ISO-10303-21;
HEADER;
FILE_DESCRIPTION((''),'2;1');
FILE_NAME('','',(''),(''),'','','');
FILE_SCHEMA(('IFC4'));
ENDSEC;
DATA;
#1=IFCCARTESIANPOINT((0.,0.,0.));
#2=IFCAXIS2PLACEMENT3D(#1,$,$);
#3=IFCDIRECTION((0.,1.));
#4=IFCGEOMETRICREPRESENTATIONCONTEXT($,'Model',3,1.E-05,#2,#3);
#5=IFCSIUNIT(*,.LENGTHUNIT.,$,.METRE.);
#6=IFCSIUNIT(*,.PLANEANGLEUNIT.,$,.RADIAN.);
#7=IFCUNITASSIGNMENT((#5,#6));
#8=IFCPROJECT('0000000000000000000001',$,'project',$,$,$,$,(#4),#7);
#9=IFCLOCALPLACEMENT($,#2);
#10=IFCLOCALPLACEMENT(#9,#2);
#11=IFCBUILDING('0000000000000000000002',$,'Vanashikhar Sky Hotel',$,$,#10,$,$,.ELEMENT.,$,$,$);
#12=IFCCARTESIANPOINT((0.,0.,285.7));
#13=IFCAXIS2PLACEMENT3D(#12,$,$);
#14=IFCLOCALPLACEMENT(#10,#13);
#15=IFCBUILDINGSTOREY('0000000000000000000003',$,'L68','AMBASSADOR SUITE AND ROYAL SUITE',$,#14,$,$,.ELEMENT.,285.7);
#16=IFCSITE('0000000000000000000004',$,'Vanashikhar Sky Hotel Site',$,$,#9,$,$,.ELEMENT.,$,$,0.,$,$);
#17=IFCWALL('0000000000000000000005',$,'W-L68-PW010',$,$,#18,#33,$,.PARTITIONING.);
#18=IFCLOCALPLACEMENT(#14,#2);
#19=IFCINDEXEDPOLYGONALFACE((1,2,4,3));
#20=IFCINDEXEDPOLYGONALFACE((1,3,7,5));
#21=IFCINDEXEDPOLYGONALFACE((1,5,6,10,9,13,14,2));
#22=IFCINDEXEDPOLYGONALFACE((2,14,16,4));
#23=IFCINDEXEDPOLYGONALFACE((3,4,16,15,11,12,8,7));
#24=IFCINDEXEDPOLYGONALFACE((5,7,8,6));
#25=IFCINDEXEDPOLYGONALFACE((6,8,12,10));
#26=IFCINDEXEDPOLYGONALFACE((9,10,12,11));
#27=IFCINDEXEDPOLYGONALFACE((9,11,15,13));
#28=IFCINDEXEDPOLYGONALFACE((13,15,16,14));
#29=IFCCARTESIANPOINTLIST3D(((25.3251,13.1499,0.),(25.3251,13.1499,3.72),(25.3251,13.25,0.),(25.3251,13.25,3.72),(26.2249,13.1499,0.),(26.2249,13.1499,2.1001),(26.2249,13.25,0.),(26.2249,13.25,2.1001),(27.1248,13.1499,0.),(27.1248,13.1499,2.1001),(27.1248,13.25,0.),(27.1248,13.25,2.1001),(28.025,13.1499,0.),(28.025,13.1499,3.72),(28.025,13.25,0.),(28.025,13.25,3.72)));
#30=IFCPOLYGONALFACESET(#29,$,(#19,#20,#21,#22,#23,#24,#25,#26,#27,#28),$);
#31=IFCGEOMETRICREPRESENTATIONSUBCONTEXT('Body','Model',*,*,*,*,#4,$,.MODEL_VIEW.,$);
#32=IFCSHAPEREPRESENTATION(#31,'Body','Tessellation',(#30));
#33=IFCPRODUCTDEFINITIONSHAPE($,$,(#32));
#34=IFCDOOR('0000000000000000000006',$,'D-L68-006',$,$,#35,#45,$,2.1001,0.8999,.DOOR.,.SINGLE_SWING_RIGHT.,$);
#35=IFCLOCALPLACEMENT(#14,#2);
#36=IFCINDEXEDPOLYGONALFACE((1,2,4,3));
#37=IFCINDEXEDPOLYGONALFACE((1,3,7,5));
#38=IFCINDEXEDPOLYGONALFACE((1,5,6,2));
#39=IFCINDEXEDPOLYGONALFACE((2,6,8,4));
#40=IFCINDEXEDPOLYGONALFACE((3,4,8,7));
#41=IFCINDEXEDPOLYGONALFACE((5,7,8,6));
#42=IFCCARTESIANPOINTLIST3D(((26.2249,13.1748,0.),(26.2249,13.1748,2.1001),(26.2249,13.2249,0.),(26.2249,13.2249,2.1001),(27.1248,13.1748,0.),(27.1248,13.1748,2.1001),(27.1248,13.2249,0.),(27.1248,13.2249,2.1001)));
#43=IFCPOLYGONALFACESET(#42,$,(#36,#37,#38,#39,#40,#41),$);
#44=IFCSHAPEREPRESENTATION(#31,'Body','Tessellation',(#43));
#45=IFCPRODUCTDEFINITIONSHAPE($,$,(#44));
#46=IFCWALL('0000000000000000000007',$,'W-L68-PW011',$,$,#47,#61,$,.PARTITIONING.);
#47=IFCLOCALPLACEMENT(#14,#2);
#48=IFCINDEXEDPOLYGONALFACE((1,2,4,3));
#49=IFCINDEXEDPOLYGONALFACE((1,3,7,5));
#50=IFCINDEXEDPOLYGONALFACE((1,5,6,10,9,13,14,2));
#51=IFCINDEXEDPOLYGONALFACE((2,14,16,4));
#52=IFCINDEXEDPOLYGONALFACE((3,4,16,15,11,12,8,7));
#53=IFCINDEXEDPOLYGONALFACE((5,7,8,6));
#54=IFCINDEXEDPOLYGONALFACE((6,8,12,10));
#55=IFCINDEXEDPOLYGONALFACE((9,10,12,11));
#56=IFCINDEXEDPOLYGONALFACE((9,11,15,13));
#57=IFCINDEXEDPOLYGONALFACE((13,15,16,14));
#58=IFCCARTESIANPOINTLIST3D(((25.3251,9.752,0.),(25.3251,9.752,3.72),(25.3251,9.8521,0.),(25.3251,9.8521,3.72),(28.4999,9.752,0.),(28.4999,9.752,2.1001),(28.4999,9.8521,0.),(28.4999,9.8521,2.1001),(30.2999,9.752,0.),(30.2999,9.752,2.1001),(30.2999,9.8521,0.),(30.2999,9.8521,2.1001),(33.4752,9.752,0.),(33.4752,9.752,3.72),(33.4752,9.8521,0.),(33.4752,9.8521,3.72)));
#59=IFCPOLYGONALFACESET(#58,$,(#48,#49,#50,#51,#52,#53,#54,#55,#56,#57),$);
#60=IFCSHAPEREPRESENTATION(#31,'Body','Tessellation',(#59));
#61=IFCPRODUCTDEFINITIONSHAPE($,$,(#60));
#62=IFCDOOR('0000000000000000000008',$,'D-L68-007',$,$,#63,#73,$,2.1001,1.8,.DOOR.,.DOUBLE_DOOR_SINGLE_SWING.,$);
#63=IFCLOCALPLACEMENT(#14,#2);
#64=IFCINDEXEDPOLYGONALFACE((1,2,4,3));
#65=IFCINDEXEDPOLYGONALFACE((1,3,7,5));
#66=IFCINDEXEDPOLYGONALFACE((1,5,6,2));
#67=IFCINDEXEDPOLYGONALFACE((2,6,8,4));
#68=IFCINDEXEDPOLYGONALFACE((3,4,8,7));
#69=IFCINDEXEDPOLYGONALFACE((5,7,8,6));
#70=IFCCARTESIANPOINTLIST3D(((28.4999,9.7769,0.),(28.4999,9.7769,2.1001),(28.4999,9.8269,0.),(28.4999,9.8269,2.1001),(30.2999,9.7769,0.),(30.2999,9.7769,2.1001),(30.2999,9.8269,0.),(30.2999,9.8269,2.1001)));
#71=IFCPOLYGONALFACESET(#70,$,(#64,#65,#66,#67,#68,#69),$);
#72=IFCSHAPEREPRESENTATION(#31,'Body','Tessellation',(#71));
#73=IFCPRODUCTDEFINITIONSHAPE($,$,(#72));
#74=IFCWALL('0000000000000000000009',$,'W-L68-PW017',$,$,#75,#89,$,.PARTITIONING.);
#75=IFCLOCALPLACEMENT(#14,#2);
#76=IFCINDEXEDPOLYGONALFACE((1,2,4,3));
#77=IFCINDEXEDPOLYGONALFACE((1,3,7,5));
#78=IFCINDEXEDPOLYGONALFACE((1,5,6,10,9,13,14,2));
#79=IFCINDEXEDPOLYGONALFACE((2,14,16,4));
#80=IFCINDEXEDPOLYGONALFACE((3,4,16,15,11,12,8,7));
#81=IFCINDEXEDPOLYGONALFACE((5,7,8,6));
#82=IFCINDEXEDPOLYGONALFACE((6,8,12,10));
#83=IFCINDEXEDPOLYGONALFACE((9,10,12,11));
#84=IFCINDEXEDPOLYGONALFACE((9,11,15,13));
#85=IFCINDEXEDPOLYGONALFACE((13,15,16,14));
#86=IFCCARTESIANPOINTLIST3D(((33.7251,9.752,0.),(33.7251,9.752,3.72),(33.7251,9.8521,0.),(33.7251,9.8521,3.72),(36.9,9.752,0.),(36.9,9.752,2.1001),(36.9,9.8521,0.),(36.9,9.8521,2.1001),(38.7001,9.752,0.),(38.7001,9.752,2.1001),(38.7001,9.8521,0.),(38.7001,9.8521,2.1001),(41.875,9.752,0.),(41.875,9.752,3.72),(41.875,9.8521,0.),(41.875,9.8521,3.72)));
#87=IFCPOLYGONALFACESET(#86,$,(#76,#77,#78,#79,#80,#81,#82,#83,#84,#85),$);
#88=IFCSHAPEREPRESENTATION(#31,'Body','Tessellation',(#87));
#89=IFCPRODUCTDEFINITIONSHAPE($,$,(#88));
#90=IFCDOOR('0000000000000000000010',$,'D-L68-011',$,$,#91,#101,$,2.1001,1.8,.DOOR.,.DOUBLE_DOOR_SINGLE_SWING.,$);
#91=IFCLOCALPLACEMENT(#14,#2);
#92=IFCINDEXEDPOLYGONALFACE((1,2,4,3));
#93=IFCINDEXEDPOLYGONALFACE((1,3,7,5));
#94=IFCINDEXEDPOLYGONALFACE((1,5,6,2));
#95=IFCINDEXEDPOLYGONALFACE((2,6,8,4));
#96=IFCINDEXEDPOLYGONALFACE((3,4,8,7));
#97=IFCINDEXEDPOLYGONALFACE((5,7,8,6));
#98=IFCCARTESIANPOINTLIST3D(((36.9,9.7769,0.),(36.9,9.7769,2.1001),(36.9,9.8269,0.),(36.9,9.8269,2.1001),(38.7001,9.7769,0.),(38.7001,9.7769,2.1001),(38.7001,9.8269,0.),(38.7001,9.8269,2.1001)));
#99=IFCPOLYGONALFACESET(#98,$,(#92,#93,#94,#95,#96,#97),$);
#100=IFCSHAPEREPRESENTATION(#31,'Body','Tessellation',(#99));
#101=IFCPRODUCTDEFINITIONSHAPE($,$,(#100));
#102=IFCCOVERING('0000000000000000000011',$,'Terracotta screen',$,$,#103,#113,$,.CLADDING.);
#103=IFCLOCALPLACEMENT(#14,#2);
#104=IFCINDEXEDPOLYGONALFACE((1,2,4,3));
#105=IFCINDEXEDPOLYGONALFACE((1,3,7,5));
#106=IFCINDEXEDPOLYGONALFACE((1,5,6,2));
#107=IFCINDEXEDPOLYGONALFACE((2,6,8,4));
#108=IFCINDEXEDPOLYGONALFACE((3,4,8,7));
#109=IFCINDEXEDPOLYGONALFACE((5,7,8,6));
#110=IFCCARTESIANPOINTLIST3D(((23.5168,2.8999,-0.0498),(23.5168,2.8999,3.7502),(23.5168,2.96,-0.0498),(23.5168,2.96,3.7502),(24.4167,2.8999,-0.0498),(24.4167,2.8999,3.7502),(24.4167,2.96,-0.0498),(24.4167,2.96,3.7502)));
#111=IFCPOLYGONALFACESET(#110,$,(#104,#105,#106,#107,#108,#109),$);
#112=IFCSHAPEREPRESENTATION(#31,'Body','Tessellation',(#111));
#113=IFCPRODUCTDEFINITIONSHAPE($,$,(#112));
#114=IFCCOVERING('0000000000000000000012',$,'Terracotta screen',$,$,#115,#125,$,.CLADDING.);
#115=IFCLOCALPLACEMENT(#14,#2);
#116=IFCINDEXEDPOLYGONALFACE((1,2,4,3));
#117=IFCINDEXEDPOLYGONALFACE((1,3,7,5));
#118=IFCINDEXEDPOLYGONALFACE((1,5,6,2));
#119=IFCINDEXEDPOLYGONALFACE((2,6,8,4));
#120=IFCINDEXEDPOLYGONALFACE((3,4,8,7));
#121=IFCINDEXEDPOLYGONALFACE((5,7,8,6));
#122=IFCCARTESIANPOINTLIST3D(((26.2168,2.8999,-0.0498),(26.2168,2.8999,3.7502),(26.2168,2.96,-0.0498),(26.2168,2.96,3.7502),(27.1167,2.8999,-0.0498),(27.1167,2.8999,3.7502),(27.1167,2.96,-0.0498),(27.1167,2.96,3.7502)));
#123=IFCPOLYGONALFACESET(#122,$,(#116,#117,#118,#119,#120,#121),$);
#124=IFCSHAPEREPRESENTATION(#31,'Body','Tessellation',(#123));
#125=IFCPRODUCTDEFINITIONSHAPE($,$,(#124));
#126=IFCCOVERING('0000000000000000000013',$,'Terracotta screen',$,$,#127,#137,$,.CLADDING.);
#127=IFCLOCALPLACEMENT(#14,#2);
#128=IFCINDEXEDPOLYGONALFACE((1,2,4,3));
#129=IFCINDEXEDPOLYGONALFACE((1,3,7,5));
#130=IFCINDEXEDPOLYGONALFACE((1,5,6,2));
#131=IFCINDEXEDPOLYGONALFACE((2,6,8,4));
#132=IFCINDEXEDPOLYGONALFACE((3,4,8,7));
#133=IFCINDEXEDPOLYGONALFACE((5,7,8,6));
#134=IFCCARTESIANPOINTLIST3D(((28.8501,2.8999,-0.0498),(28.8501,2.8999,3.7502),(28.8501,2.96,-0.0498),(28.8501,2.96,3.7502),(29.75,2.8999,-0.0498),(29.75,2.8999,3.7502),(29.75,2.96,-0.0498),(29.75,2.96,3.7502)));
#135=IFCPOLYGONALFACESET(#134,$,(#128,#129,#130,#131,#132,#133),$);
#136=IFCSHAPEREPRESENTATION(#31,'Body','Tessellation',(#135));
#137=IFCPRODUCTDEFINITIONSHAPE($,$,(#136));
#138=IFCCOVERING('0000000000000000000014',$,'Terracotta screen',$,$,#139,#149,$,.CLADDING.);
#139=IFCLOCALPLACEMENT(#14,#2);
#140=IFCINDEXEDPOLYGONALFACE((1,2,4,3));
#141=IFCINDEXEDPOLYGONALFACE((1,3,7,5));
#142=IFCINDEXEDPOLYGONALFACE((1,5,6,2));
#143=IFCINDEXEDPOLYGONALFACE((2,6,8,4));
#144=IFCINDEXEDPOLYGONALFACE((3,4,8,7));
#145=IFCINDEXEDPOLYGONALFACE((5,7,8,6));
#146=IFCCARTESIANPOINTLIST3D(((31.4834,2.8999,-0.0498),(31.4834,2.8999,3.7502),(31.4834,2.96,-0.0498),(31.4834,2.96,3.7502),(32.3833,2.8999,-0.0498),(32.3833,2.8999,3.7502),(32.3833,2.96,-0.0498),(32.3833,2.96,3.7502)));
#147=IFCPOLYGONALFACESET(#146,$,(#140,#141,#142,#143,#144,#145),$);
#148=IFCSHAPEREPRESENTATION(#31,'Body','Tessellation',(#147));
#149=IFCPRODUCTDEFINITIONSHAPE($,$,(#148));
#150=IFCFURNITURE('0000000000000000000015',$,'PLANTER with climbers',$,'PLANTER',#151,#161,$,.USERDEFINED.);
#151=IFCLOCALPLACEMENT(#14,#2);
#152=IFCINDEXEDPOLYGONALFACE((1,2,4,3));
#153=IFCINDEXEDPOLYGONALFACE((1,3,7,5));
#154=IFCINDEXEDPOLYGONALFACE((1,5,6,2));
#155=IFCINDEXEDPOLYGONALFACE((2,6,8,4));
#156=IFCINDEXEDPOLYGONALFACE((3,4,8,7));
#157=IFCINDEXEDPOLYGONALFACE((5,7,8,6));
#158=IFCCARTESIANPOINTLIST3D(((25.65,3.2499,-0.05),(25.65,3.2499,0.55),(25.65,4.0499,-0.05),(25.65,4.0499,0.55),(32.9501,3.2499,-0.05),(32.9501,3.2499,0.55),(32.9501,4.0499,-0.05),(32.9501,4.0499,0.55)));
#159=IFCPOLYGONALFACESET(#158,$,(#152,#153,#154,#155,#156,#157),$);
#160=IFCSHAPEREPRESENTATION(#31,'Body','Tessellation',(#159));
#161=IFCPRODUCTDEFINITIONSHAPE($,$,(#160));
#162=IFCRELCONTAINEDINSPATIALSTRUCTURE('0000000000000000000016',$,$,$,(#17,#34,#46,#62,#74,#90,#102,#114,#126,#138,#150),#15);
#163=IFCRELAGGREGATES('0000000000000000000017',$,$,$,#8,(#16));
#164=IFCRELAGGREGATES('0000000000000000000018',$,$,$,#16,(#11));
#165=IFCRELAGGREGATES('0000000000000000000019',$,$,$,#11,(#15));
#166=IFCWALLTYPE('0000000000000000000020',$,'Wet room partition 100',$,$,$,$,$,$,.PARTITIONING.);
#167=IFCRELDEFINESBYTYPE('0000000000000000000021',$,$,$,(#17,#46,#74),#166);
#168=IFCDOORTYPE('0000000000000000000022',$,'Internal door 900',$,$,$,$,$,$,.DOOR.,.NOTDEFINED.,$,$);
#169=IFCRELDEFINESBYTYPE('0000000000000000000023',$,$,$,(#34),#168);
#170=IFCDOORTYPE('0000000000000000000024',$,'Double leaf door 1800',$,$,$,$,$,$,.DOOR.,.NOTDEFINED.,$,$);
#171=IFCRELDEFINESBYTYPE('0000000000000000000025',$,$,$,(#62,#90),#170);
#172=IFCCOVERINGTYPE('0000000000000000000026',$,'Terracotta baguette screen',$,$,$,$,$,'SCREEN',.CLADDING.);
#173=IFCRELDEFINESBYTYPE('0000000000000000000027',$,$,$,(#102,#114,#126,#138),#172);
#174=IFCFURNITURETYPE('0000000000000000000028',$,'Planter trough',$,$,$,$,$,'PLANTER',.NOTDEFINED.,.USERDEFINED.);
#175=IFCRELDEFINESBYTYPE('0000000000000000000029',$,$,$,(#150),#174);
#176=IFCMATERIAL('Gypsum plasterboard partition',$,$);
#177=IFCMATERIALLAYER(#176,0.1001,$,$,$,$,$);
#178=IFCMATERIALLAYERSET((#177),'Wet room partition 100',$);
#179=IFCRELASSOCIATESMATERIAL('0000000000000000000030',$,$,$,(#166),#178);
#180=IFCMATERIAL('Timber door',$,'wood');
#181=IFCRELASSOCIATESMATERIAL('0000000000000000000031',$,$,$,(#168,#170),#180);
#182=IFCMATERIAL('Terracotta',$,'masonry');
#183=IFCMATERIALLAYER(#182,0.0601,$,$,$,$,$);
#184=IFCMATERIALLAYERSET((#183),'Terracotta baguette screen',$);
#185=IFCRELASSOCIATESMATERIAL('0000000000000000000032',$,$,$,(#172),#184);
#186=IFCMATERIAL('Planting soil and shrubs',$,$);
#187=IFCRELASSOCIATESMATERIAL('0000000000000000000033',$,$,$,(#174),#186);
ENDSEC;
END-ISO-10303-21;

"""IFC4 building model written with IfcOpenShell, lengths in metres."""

from ifc_helpers import new_model, si_unit, direction, frame, frame_2d, origin, origin_2d, place, context, subcontext, project, spatial, rectangle, extrude, source, transform, mapped, material, layer, layer_set, type_object, element, fill, save


model = new_model("IFC4")

# Units and contexts
model_context = context("Model", 3, precision=1e-05, world=origin(), true_north=direction((0.0, 1.0)))
body_context = subcontext(model_context, "Body", "Model", "MODEL_VIEW")
ifc_project = project(units=[si_unit("LENGTHUNIT", "METRE"), si_unit("PLANEANGLEUNIT", "RADIAN")], contexts=[model_context])

# Site, building, storey
site_placement = place(None, origin())
site = spatial("IfcSite", under=ifc_project, at=site_placement, Name="Vanashikhar Sky Hotel Site", CompositionType="ELEMENT", RefElevation=0.0)
building_placement = place(site_placement, origin())
building = spatial("IfcBuilding", under=site, at=building_placement, Name="Vanashikhar Sky Hotel", CompositionType="ELEMENT")
storey_placement = place(building_placement, frame((0.0, 0.0, 285.7)))
storey = spatial("IfcBuildingStorey", under=building, at=storey_placement, Name="L68", Description="AMBASSADOR SUITE AND ROYAL SUITE", CompositionType="ELEMENT", Elevation=285.7)

# Shared definitions
ifc_material_1 = material(Name="Gypsum plasterboard partition")
ifc_layer_1 = layer(ifc_material_1, 0.1001)
ifc_layer_set_1 = layer_set([ifc_layer_1], Name="Wet room partition 100")
wall_type_1 = type_object("IfcWallType", Name="Wet room partition 100", PredefinedType="PARTITIONING", material=ifc_layer_set_1)

# Walls, openings, doors
shared_shape_1 = source(origin(), body_context, "Body", "SweptSolid", [
    extrude(rectangle(XDim=0.8999, YDim=2.1001, at=frame_2d((0.45, 1.05))), frame((0.0, 0.0601, 0.0), z_axis=(0.0, -1.0, 0.0), x_axis=(1.0, 0.0, 0.0)), (0.0, 0.0, 1.0), 0.1201),
])
ifc_material_2 = material(Name="Timber door", Category="wood")
door_type_1 = type_object("IfcDoorType", Name="Internal door 900", OperationType="NOTDEFINED", PredefinedType="DOOR", material=ifc_material_2)
shared_shape_2 = source(origin(), body_context, "Body", "SweptSolid", [
    extrude(rectangle(XDim=0.8999, YDim=2.1001, at=frame_2d((0.45, 1.05))), frame((0.0, 0.0249, 0.0), z_axis=(0.0, -1.0, 0.0), x_axis=(1.0, 0.0, 0.0)), (0.0, 0.0, 1.0), 0.05),
])
shared_shape_3 = source(origin(), body_context, "Body", "SweptSolid", [
    extrude(rectangle(XDim=2.7, YDim=0.1001, at=frame_2d((1.3501, 0.0))), origin(), (0.0, 0.0, 1.0), 3.72),
])
wall_1_placement = place(storey_placement, frame((25.325, 13.2, 0.0), z_axis=(0.0, 0.0, 1.0), x_axis=(1.0, 0.0, 0.0)))
wall_1 = element("IfcWall", 1, at=wall_1_placement, inside=storey, type_object=wall_type_1, Name="W-L68-PW010", PredefinedType="PARTITIONING", context=body_context, shape_type="MappedRepresentation", body=[
    mapped(shared_shape_3, transform((0.0, 0.0, 0.0), scale=1.0)),
])
opening_1_placement = place(wall_1_placement, frame((0.8999, 0.0, 0.0)))
opening_1 = element("IfcOpeningElement", 2, at=opening_1_placement, cuts=wall_1, PredefinedType="OPENING", context=body_context, shape_type="MappedRepresentation", body=[
    mapped(shared_shape_1, transform((0.0, 0.0, 0.0), scale=1.0)),
])
door_1_placement = place(opening_1_placement, origin())
door_1 = element("IfcDoor", 3, at=door_1_placement, inside=storey, type_object=door_type_1, Name="D-L68-006", OperationType="SINGLE_SWING_RIGHT", OverallHeight=2.1001, OverallWidth=0.8999, PredefinedType="DOOR", context=body_context, shape_type="MappedRepresentation", body=[
    mapped(shared_shape_2, transform((0.0, 0.0, 0.0), scale=1.0)),
])
fill(opening_1, door_1)
shared_shape_4 = source(origin(), body_context, "Body", "SweptSolid", [
    extrude(rectangle(XDim=8.1501, YDim=0.1001, at=frame_2d((4.0752, 0.0))), origin(), (0.0, 0.0, 1.0), 3.72),
])
wall_2_placement = place(storey_placement, frame((25.325, 9.802, 0.0), z_axis=(0.0, 0.0, 1.0), x_axis=(1.0, 0.0, 0.0)))
wall_2 = element("IfcWall", 4, at=wall_2_placement, inside=storey, type_object=wall_type_1, Name="W-L68-PW011", PredefinedType="PARTITIONING", context=body_context, shape_type="MappedRepresentation", body=[
    mapped(shared_shape_4, transform((0.0, 0.0, 0.0), scale=1.0)),
])
shared_shape_5 = source(origin(), body_context, "Body", "SweptSolid", [
    extrude(rectangle(XDim=1.8, YDim=2.1001, at=frame_2d((0.8999, 1.05))), frame((0.0, 0.0601, 0.0), z_axis=(0.0, -1.0, 0.0), x_axis=(1.0, 0.0, 0.0)), (0.0, 0.0, 1.0), 0.1201),
])
opening_2_placement = place(wall_2_placement, frame((3.175, 0.0, 0.0)))
opening_2 = element("IfcOpeningElement", 5, at=opening_2_placement, cuts=wall_2, PredefinedType="OPENING", context=body_context, shape_type="MappedRepresentation", body=[
    mapped(shared_shape_5, transform((0.0, 0.0, 0.0), scale=1.0)),
])
door_type_2 = type_object("IfcDoorType", Name="Double leaf door 1800", OperationType="NOTDEFINED", PredefinedType="DOOR", material=ifc_material_2)
shared_shape_6 = source(origin(), body_context, "Body", "SweptSolid", [
    extrude(rectangle(XDim=1.8, YDim=2.1001, at=frame_2d((0.8999, 1.05))), frame((0.0, 0.0249, 0.0), z_axis=(0.0, -1.0, 0.0), x_axis=(1.0, 0.0, 0.0)), (0.0, 0.0, 1.0), 0.05),
])
door_2_placement = place(opening_2_placement, origin())
door_2 = element("IfcDoor", 6, at=door_2_placement, inside=storey, type_object=door_type_2, Name="D-L68-007", OperationType="DOUBLE_DOOR_SINGLE_SWING", OverallHeight=2.1001, OverallWidth=1.8, PredefinedType="DOOR", context=body_context, shape_type="MappedRepresentation", body=[
    mapped(shared_shape_6, transform((0.0, 0.0, 0.0), scale=1.0)),
])
fill(opening_2, door_2)
shared_shape_7 = source(origin(), body_context, "Body", "SweptSolid", [
    extrude(rectangle(XDim=8.1499, YDim=0.1001, at=frame_2d((4.075, 0.0))), origin(), (0.0, 0.0, 1.0), 3.72),
])
wall_3_placement = place(storey_placement, frame((33.7251, 9.802, 0.0), z_axis=(0.0, 0.0, 1.0), x_axis=(1.0, 0.0, 0.0)))
wall_3 = element("IfcWall", 7, at=wall_3_placement, inside=storey, type_object=wall_type_1, Name="W-L68-PW017", PredefinedType="PARTITIONING", context=body_context, shape_type="MappedRepresentation", body=[
    mapped(shared_shape_7, transform((0.0, 0.0, 0.0), scale=1.0)),
])
opening_3_placement = place(wall_3_placement, frame((3.175, 0.0, 0.0)))
opening_3 = element("IfcOpeningElement", 8, at=opening_3_placement, cuts=wall_3, PredefinedType="OPENING", context=body_context, shape_type="MappedRepresentation", body=[
    mapped(shared_shape_5, transform((0.0, 0.0, 0.0), scale=1.0)),
])
door_3_placement = place(opening_3_placement, origin())
door_3 = element("IfcDoor", 9, at=door_3_placement, inside=storey, type_object=door_type_2, Name="D-L68-011", OperationType="DOUBLE_DOOR_SINGLE_SWING", OverallHeight=2.1001, OverallWidth=1.8, PredefinedType="DOOR", context=body_context, shape_type="MappedRepresentation", body=[
    mapped(shared_shape_6, transform((0.0, 0.0, 0.0), scale=1.0)),
])
fill(opening_3, door_3)

# Coverings
ifc_material_3 = material(Name="Terracotta", Category="masonry")
ifc_layer_2 = layer(ifc_material_3, 0.0601)
ifc_layer_set_2 = layer_set([ifc_layer_2], Name="Terracotta baguette screen")
covering_type = type_object("IfcCoveringType", Name="Terracotta baguette screen", ElementType="SCREEN", PredefinedType="CLADDING", material=ifc_layer_set_2)
shared_shape_8 = source(origin(), body_context, "Body", "SweptSolid", [
    extrude(rectangle(XDim=0.8999, YDim=0.0601, at=origin_2d()), origin(), (0.0, 0.0, 1.0), 3.8),
])
for number, where, z_axis, x_axis, name in (
    (10, (23.9668, 2.9299, -0.0498), (0.0, 0.0, 1.0), (1.0, 0.0, 0.0), "Terracotta screen"),
    (11, (26.6667, 2.9299, -0.0498), (0.0, 0.0, 1.0), (1.0, 0.0, 0.0), "Terracotta screen"),
    (12, (29.3, 2.9299, -0.0498), (0.0, 0.0, 1.0), (1.0, 0.0, 0.0), "Terracotta screen"),
    (13, (31.9333, 2.9299, -0.0498), (0.0, 0.0, 1.0), (1.0, 0.0, 0.0), "Terracotta screen"),
):
    element("IfcCovering", number, at=place(storey_placement, frame(where, z_axis=z_axis, x_axis=x_axis)), inside=storey, type_object=covering_type, Name=name, PredefinedType="CLADDING", context=body_context, shape_type="MappedRepresentation", body=[
        mapped(shared_shape_8, transform((0.0, 0.0, 0.0), scale=1.0)),
    ])

# Furniture
ifc_material_4 = material(Name="Planting soil and shrubs")
furniture_type = type_object("IfcFurnitureType", Name="Planter trough", ElementType="PLANTER", AssemblyPlace="NOTDEFINED", PredefinedType="USERDEFINED", material=ifc_material_4)
shared_shape_9 = source(origin(), body_context, "Body", "SweptSolid", [
    extrude(rectangle(XDim=7.3, YDim=0.8, at=origin_2d()), origin(), (0.0, 0.0, 1.0), 0.6001),
])
furniture_placement = place(storey_placement, frame((29.3, 3.6499, -0.05), z_axis=(0.0, 0.0, 1.0), x_axis=(1.0, 0.0, 0.0)))
element("IfcFurniture", 14, at=furniture_placement, inside=storey, type_object=furniture_type, Name="PLANTER with climbers", ObjectType="PLANTER", PredefinedType="USERDEFINED", context=body_context, shape_type="MappedRepresentation", body=[
    mapped(shared_shape_9, transform((0.0, 0.0, 0.0), scale=1.0)),
])

save(model, "model.ifc")
